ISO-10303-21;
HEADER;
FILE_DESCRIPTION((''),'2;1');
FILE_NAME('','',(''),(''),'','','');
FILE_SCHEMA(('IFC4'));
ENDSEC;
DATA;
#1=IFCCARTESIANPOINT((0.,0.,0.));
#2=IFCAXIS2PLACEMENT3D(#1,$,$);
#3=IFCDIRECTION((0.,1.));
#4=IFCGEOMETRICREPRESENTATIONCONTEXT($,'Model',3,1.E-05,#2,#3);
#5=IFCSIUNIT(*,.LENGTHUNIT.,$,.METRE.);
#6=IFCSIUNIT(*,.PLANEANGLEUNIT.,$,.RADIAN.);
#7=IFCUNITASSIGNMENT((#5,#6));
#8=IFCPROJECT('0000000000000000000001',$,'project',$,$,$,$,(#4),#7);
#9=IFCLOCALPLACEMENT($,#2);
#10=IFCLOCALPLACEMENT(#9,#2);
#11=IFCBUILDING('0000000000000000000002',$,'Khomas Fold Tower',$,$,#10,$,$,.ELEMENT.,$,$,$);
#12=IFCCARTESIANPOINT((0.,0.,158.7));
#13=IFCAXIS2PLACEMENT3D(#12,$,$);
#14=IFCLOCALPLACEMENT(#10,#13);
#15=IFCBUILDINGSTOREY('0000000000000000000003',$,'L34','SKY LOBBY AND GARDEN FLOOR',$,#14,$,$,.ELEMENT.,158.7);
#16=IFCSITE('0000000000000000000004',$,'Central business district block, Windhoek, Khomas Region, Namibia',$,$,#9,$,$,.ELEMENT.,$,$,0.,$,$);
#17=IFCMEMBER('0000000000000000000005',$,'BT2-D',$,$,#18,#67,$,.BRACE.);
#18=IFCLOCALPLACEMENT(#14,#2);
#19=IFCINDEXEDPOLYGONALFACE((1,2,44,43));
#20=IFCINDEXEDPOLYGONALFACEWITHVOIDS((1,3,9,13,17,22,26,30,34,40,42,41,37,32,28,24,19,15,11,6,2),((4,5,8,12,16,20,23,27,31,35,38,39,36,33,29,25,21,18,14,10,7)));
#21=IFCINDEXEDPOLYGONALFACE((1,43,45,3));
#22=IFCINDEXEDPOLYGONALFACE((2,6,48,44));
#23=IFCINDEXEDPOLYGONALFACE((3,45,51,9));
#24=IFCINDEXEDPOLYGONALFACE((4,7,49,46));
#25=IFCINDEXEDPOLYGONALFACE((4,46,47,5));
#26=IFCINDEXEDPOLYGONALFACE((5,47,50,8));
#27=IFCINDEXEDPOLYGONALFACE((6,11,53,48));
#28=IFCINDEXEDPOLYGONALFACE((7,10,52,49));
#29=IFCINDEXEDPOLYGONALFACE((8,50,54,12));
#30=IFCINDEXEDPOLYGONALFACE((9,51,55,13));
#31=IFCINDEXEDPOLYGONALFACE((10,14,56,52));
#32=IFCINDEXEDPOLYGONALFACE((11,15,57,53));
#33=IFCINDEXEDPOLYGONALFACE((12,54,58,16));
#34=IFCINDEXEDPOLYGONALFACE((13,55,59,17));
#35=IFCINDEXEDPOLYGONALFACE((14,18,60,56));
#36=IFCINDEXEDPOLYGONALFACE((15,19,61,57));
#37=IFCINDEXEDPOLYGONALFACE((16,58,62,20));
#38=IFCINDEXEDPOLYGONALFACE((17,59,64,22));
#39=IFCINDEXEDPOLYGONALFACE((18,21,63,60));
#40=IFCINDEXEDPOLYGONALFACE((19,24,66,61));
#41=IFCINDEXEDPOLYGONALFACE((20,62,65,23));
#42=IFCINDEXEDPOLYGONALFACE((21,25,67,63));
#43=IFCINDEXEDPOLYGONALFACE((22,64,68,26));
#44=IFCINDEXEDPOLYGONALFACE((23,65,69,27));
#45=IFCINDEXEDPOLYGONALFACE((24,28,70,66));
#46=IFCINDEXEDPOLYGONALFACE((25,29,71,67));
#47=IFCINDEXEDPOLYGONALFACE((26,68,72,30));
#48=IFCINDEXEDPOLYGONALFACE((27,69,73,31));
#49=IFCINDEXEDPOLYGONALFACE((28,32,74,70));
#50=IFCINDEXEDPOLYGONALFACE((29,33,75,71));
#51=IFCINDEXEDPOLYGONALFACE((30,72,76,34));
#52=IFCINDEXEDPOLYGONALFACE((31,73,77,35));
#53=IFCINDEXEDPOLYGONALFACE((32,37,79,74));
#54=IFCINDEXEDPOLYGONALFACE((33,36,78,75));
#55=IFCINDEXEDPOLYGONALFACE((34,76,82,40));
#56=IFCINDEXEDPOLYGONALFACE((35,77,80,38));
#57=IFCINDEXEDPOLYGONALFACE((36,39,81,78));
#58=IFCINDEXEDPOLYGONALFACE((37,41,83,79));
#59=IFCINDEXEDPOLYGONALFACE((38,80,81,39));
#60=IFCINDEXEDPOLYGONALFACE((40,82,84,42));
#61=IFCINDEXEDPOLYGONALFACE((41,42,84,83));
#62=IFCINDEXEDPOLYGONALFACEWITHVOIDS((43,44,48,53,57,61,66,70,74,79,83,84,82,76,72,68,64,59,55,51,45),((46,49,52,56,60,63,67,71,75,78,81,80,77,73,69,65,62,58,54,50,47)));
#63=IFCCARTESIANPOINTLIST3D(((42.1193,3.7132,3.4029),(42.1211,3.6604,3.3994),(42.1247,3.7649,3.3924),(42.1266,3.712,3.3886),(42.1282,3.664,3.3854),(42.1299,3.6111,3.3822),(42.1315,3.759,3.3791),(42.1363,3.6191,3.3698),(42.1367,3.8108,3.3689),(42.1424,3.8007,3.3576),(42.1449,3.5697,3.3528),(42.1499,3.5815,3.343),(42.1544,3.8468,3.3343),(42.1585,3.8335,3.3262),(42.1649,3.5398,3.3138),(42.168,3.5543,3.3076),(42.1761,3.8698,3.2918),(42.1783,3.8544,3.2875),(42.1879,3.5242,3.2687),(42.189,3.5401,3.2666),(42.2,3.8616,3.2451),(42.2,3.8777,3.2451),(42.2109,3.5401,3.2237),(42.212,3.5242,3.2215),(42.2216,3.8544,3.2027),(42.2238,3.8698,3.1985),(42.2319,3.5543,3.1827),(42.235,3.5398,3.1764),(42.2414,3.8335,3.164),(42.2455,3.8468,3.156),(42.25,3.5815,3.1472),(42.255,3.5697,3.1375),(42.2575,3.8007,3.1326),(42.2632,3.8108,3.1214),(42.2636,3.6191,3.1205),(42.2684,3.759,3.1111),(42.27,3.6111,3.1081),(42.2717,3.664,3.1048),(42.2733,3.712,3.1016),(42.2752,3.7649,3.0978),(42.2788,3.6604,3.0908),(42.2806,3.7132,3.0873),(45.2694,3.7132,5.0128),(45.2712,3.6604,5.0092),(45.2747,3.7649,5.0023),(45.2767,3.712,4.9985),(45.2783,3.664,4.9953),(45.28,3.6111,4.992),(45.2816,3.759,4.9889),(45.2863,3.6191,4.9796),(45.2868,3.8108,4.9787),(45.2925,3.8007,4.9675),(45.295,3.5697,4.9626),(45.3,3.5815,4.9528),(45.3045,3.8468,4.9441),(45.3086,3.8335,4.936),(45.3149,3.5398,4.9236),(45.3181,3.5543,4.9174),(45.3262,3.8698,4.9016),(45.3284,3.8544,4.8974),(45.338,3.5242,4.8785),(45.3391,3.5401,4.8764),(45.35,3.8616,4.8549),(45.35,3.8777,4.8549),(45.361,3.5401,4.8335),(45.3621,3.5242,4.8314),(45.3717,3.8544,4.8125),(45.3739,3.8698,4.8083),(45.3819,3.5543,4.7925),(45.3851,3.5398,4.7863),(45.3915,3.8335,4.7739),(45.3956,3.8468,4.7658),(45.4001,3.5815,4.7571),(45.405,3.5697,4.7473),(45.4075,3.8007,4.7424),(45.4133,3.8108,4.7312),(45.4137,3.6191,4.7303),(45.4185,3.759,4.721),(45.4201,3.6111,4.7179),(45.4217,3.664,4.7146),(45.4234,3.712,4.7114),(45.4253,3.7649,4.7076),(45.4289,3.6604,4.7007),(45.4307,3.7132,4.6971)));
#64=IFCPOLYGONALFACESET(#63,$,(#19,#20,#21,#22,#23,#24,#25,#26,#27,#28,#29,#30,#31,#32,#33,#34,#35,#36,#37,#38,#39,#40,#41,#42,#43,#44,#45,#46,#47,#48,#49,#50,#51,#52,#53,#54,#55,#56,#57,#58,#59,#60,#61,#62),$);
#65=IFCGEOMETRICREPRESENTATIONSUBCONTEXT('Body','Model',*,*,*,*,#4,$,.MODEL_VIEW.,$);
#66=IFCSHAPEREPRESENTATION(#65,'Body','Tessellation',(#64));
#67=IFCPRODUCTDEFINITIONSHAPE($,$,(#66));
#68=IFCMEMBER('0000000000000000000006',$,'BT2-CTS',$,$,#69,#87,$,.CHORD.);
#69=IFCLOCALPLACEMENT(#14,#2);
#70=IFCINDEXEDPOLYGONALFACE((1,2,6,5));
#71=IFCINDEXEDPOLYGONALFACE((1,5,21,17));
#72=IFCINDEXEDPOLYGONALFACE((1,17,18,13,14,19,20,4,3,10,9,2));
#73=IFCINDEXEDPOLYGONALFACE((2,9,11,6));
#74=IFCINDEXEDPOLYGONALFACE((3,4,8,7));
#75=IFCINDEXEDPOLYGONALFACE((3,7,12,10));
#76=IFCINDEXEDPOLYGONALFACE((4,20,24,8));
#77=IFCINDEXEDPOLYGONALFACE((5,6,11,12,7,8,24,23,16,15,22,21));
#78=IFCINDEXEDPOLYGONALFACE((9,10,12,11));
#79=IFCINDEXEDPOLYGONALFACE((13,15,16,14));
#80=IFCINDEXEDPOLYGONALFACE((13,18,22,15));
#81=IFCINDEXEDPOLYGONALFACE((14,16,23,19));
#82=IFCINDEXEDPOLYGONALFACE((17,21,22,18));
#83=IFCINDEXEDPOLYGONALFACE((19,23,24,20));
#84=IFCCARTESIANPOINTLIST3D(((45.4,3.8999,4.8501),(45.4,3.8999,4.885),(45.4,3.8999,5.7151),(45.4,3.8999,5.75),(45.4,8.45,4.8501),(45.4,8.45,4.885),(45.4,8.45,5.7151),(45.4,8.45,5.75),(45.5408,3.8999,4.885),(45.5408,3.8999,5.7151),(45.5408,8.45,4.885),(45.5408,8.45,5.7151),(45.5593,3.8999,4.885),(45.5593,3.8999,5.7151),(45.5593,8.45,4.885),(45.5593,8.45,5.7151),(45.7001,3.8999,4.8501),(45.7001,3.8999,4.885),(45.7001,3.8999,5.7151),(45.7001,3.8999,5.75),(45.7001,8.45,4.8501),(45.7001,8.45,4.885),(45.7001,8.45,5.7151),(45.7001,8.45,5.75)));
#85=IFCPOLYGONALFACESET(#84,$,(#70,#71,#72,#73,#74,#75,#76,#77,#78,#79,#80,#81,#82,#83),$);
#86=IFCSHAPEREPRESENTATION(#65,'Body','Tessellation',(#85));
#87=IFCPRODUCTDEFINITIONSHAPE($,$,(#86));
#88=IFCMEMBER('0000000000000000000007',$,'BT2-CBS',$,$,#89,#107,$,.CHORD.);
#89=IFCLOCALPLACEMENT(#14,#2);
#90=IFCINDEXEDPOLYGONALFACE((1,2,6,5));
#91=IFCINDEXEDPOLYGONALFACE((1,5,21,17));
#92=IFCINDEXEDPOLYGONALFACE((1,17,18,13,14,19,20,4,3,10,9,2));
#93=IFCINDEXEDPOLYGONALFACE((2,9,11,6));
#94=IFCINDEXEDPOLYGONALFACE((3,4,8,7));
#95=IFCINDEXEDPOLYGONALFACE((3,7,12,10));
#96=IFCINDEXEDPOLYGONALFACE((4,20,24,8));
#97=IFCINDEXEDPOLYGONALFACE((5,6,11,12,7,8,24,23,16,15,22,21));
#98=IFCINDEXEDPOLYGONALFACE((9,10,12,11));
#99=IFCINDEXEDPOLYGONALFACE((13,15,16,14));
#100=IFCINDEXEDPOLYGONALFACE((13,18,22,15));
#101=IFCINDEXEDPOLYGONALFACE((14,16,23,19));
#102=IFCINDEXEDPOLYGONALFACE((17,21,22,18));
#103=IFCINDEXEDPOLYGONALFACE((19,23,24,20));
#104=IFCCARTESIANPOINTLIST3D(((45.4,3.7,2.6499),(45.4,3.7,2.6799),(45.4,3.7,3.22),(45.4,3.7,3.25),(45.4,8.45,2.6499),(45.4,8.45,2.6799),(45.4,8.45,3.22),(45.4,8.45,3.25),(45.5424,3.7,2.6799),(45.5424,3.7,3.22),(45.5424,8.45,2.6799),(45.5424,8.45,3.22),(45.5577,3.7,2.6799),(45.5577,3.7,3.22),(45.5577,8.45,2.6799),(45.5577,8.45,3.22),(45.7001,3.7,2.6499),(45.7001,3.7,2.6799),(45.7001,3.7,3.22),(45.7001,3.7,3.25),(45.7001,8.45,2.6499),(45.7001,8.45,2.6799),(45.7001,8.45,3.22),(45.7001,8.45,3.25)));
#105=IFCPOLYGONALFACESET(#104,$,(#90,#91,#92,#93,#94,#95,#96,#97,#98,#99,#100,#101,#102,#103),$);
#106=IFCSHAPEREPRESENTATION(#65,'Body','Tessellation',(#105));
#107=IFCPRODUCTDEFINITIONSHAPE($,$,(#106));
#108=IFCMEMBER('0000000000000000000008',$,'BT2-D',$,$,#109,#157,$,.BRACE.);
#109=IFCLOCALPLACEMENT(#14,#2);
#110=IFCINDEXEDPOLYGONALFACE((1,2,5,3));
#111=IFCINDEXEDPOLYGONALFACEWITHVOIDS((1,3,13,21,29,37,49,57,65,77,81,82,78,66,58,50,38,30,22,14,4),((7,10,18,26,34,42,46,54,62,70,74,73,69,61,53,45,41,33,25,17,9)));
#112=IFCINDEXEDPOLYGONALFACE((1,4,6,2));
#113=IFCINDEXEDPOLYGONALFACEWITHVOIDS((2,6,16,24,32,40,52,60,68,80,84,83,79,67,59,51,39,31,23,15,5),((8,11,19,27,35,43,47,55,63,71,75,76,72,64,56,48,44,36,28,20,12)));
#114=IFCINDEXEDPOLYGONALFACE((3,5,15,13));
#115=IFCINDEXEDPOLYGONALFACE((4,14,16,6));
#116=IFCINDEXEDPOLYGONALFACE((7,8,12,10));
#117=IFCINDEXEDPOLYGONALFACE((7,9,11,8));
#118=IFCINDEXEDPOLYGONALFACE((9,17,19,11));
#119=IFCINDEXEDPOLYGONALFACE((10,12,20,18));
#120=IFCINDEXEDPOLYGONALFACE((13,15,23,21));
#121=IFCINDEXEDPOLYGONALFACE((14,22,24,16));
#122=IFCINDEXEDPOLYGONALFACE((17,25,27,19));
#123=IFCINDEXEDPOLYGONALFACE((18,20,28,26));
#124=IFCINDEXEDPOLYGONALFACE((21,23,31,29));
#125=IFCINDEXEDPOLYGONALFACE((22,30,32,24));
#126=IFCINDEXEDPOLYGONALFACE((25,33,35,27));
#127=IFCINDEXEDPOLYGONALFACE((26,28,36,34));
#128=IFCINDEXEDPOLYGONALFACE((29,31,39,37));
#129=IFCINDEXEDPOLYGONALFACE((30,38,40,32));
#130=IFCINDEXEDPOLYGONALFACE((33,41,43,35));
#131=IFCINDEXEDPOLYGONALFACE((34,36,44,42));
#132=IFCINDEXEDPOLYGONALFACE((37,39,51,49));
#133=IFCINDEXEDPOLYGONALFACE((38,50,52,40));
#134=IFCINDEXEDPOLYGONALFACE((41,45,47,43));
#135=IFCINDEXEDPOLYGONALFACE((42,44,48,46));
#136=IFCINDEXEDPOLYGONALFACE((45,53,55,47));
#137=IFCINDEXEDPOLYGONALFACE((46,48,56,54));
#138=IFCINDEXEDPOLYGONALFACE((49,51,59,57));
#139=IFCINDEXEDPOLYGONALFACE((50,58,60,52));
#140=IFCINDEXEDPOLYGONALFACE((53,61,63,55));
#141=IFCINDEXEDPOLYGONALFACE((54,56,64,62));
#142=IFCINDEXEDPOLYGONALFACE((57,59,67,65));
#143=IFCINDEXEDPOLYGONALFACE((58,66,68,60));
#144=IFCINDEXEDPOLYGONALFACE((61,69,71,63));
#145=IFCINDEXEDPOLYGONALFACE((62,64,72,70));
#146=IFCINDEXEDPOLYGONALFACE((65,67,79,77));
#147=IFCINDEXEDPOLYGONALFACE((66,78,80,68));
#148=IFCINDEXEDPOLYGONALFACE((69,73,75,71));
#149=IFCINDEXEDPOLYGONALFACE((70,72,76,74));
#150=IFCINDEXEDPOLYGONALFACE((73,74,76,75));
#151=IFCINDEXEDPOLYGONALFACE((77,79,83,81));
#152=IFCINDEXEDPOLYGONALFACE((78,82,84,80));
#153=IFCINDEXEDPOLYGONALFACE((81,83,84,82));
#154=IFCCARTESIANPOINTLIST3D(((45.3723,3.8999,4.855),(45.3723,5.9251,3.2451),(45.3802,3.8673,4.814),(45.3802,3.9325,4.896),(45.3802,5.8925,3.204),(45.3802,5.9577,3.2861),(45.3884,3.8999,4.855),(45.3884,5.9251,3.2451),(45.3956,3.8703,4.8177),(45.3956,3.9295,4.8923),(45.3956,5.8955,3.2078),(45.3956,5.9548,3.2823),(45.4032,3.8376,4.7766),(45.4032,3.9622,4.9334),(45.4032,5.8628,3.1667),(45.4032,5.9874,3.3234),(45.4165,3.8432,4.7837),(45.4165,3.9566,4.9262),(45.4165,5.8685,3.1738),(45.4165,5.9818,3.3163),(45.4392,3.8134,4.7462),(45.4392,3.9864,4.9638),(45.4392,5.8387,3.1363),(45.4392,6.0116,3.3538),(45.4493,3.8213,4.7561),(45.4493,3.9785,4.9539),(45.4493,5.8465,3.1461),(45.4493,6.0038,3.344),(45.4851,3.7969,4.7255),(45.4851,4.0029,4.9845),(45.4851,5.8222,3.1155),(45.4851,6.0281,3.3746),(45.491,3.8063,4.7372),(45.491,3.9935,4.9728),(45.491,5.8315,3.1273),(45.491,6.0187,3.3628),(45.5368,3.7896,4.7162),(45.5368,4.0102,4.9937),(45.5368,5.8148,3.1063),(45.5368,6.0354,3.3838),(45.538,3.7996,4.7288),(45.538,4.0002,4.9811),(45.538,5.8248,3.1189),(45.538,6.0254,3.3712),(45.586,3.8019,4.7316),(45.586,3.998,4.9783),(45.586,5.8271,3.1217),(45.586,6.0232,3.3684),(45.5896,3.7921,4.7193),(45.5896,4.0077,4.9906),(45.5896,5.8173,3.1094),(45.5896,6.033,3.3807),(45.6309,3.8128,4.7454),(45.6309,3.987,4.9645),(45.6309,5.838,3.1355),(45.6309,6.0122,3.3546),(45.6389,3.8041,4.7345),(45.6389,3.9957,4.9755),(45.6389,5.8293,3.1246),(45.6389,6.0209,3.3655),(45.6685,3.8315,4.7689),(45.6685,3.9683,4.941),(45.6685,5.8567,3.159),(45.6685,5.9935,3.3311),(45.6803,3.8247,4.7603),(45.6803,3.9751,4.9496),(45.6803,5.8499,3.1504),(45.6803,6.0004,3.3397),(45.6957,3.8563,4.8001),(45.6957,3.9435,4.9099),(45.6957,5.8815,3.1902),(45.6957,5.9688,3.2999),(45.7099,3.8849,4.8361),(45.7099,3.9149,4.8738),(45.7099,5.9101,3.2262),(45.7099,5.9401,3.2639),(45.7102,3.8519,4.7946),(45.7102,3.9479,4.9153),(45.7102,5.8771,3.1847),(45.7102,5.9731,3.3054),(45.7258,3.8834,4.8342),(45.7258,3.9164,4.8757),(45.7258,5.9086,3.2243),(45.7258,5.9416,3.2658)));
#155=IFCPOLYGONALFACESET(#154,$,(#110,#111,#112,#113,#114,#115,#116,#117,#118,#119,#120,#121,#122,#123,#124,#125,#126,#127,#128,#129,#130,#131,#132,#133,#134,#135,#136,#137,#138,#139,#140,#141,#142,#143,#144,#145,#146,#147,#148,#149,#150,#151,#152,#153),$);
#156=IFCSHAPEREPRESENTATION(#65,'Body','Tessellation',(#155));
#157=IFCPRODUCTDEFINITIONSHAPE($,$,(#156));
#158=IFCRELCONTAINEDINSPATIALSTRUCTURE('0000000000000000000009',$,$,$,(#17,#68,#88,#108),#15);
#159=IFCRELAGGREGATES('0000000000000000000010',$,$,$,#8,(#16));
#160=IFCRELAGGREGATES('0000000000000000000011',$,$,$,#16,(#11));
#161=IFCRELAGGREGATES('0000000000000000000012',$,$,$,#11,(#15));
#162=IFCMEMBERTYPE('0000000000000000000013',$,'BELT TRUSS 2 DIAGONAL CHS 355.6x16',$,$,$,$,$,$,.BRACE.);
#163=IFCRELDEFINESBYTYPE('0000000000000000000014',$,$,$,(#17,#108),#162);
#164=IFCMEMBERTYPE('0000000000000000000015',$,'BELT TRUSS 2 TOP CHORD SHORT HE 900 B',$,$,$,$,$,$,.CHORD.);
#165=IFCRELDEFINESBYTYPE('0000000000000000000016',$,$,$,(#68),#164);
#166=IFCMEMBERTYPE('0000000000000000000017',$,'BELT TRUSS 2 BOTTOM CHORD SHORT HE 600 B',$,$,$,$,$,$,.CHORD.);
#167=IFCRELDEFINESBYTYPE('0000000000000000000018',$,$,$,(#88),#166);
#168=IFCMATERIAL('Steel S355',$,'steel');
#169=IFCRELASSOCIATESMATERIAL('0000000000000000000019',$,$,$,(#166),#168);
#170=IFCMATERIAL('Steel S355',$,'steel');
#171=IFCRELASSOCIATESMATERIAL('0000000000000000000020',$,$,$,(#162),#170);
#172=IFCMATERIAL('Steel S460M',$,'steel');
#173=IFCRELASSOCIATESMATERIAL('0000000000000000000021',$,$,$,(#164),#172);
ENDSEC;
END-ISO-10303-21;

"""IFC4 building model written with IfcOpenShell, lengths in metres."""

from ifc_helpers import new_model, si_unit, direction, frame, origin, origin_2d, place, context, subcontext, project, spatial, hollow_circle, i_section, extrude, source, transform, mapped, material, material_profile, profile_set, type_object, element, save


model = new_model("IFC4")

# Units and contexts
model_context = context("Model", 3, precision=1e-05, world=origin(), true_north=direction((0.0, 1.0)))
body_context = subcontext(model_context, "Body", "Model", "MODEL_VIEW")
ifc_project = project(units=[si_unit("LENGTHUNIT", "METRE"), si_unit("PLANEANGLEUNIT", "RADIAN")], contexts=[model_context])

# Site, building, storey
site_placement = place(None, origin())
site = spatial("IfcSite", under=ifc_project, at=site_placement, Name="Central business district block, Windhoek, Khomas Region, Namibia", CompositionType="ELEMENT", RefElevation=0.0)
building_placement = place(site_placement, origin())
building = spatial("IfcBuilding", under=site, at=building_placement, Name="Khomas Fold Tower", CompositionType="ELEMENT")
storey_placement = place(building_placement, frame((0.0, 0.0, 158.7)))
storey = spatial("IfcBuildingStorey", under=building, at=storey_placement, Name="L34", Description="SKY LOBBY AND GARDEN FLOOR", CompositionType="ELEMENT", Elevation=158.7)

# Members
ifc_material_1 = material(Name="Steel S355", Category="steel")
ifc_material_profile_1 = material_profile(ifc_material_1, i_section(OverallWidth=0.3, OverallDepth=0.6001, WebThickness=0.0154, FlangeThickness=0.03, at=origin_2d()), Name="HE 600 B")
ifc_profile_set_1 = profile_set([ifc_material_profile_1], Name="Steel S355")
member_type_1 = type_object("IfcMemberType", Name="BELT TRUSS 2 BOTTOM CHORD SHORT HE 600 B", PredefinedType="CHORD", material=ifc_profile_set_1)
ifc_material_2 = material(Name="Steel S355", Category="steel")
ifc_material_profile_2 = material_profile(ifc_material_2, hollow_circle(Radius=0.1777, WallThickness=0.0161, at=origin_2d()), Name="CHS 355.6x16")
ifc_profile_set_2 = profile_set([ifc_material_profile_2], Name="Steel S355")
member_type_2 = type_object("IfcMemberType", Name="BELT TRUSS 2 DIAGONAL CHS 355.6x16", PredefinedType="BRACE", material=ifc_profile_set_2)
ifc_material_3 = material(Name="Steel S460M", Category="steel")
ifc_material_profile_3 = material_profile(ifc_material_3, i_section(OverallWidth=0.3, OverallDepth=0.8999, WebThickness=0.0186, FlangeThickness=0.0349, at=origin_2d()), Name="HE 900 B")
ifc_profile_set_3 = profile_set([ifc_material_profile_3], Name="Steel S460M")
member_type_3 = type_object("IfcMemberType", Name="BELT TRUSS 2 TOP CHORD SHORT HE 900 B", PredefinedType="CHORD", material=ifc_profile_set_3)
shared_shape_1 = source(origin(), body_context, "Body", "SweptSolid", [
    extrude(hollow_circle(Radius=0.1777, WallThickness=0.0161, at=origin_2d()), origin(), (0.0, 0.0, 1.0), 3.5376),
])
member_1_placement = place(storey_placement, frame((42.2, 3.7, 3.2451), z_axis=(0.890459, 0.0, 0.455064), x_axis=(0.0, 1.0, 0.0)))
element("IfcMember", 1, at=member_1_placement, inside=storey, type_object=member_type_2, Name="BT2-D", PredefinedType="BRACE", context=body_context, shape_type="MappedRepresentation", body=[
    mapped(shared_shape_1, transform((0.0, 0.0, 0.0))),
])
shared_shape_2 = source(origin(), body_context, "Body", "SweptSolid", [
    extrude(i_section(OverallWidth=0.3, OverallDepth=0.8999, WebThickness=0.0186, FlangeThickness=0.0349, at=origin_2d()), origin(), (0.0, 0.0, 1.0), 4.55),
])
member_2_placement = place(storey_placement, frame((45.55, 3.8999, 5.3), z_axis=(0.0, 1.0, 0.0), x_axis=(-1.0, 0.0, 0.0)))
element("IfcMember", 2, at=member_2_placement, inside=storey, type_object=member_type_3, Name="BT2-CTS", PredefinedType="CHORD", context=body_context, shape_type="MappedRepresentation", body=[
    mapped(shared_shape_2, transform((0.0, 0.0, 0.0))),
])
shared_shape_3 = source(origin(), body_context, "Body", "SweptSolid", [
    extrude(i_section(OverallWidth=0.3, OverallDepth=0.6001, WebThickness=0.0154, FlangeThickness=0.03, at=origin_2d()), origin(), (0.0, 0.0, 1.0), 4.75),
])
member_3_placement = place(storey_placement, frame((45.55, 3.7, 2.95), z_axis=(0.0, 1.0, 0.0), x_axis=(-1.0, 0.0, 0.0)))
element("IfcMember", 3, at=member_3_placement, inside=storey, type_object=member_type_1, Name="BT2-CBS", PredefinedType="CHORD", context=body_context, shape_type="MappedRepresentation", body=[
    mapped(shared_shape_3, transform((0.0, 0.0, 0.0))),
])
shared_shape_4 = source(origin(), body_context, "Body", "SweptSolid", [
    extrude(hollow_circle(Radius=0.1777, WallThickness=0.0161, at=origin_2d()), origin(), (0.0, 0.0, 1.0), 2.5872),
])
member_4_placement = place(storey_placement, frame((45.55, 3.8999, 4.855), z_axis=(0.0, 0.782799, -0.622275), x_axis=(-1.0, 0.0, 0.0)))
element("IfcMember", 4, at=member_4_placement, inside=storey, type_object=member_type_2, Name="BT2-D", PredefinedType="BRACE", context=body_context, shape_type="MappedRepresentation", body=[
    mapped(shared_shape_4, transform((0.0, 0.0, 0.0))),
])

save(model, "model.ifc")
